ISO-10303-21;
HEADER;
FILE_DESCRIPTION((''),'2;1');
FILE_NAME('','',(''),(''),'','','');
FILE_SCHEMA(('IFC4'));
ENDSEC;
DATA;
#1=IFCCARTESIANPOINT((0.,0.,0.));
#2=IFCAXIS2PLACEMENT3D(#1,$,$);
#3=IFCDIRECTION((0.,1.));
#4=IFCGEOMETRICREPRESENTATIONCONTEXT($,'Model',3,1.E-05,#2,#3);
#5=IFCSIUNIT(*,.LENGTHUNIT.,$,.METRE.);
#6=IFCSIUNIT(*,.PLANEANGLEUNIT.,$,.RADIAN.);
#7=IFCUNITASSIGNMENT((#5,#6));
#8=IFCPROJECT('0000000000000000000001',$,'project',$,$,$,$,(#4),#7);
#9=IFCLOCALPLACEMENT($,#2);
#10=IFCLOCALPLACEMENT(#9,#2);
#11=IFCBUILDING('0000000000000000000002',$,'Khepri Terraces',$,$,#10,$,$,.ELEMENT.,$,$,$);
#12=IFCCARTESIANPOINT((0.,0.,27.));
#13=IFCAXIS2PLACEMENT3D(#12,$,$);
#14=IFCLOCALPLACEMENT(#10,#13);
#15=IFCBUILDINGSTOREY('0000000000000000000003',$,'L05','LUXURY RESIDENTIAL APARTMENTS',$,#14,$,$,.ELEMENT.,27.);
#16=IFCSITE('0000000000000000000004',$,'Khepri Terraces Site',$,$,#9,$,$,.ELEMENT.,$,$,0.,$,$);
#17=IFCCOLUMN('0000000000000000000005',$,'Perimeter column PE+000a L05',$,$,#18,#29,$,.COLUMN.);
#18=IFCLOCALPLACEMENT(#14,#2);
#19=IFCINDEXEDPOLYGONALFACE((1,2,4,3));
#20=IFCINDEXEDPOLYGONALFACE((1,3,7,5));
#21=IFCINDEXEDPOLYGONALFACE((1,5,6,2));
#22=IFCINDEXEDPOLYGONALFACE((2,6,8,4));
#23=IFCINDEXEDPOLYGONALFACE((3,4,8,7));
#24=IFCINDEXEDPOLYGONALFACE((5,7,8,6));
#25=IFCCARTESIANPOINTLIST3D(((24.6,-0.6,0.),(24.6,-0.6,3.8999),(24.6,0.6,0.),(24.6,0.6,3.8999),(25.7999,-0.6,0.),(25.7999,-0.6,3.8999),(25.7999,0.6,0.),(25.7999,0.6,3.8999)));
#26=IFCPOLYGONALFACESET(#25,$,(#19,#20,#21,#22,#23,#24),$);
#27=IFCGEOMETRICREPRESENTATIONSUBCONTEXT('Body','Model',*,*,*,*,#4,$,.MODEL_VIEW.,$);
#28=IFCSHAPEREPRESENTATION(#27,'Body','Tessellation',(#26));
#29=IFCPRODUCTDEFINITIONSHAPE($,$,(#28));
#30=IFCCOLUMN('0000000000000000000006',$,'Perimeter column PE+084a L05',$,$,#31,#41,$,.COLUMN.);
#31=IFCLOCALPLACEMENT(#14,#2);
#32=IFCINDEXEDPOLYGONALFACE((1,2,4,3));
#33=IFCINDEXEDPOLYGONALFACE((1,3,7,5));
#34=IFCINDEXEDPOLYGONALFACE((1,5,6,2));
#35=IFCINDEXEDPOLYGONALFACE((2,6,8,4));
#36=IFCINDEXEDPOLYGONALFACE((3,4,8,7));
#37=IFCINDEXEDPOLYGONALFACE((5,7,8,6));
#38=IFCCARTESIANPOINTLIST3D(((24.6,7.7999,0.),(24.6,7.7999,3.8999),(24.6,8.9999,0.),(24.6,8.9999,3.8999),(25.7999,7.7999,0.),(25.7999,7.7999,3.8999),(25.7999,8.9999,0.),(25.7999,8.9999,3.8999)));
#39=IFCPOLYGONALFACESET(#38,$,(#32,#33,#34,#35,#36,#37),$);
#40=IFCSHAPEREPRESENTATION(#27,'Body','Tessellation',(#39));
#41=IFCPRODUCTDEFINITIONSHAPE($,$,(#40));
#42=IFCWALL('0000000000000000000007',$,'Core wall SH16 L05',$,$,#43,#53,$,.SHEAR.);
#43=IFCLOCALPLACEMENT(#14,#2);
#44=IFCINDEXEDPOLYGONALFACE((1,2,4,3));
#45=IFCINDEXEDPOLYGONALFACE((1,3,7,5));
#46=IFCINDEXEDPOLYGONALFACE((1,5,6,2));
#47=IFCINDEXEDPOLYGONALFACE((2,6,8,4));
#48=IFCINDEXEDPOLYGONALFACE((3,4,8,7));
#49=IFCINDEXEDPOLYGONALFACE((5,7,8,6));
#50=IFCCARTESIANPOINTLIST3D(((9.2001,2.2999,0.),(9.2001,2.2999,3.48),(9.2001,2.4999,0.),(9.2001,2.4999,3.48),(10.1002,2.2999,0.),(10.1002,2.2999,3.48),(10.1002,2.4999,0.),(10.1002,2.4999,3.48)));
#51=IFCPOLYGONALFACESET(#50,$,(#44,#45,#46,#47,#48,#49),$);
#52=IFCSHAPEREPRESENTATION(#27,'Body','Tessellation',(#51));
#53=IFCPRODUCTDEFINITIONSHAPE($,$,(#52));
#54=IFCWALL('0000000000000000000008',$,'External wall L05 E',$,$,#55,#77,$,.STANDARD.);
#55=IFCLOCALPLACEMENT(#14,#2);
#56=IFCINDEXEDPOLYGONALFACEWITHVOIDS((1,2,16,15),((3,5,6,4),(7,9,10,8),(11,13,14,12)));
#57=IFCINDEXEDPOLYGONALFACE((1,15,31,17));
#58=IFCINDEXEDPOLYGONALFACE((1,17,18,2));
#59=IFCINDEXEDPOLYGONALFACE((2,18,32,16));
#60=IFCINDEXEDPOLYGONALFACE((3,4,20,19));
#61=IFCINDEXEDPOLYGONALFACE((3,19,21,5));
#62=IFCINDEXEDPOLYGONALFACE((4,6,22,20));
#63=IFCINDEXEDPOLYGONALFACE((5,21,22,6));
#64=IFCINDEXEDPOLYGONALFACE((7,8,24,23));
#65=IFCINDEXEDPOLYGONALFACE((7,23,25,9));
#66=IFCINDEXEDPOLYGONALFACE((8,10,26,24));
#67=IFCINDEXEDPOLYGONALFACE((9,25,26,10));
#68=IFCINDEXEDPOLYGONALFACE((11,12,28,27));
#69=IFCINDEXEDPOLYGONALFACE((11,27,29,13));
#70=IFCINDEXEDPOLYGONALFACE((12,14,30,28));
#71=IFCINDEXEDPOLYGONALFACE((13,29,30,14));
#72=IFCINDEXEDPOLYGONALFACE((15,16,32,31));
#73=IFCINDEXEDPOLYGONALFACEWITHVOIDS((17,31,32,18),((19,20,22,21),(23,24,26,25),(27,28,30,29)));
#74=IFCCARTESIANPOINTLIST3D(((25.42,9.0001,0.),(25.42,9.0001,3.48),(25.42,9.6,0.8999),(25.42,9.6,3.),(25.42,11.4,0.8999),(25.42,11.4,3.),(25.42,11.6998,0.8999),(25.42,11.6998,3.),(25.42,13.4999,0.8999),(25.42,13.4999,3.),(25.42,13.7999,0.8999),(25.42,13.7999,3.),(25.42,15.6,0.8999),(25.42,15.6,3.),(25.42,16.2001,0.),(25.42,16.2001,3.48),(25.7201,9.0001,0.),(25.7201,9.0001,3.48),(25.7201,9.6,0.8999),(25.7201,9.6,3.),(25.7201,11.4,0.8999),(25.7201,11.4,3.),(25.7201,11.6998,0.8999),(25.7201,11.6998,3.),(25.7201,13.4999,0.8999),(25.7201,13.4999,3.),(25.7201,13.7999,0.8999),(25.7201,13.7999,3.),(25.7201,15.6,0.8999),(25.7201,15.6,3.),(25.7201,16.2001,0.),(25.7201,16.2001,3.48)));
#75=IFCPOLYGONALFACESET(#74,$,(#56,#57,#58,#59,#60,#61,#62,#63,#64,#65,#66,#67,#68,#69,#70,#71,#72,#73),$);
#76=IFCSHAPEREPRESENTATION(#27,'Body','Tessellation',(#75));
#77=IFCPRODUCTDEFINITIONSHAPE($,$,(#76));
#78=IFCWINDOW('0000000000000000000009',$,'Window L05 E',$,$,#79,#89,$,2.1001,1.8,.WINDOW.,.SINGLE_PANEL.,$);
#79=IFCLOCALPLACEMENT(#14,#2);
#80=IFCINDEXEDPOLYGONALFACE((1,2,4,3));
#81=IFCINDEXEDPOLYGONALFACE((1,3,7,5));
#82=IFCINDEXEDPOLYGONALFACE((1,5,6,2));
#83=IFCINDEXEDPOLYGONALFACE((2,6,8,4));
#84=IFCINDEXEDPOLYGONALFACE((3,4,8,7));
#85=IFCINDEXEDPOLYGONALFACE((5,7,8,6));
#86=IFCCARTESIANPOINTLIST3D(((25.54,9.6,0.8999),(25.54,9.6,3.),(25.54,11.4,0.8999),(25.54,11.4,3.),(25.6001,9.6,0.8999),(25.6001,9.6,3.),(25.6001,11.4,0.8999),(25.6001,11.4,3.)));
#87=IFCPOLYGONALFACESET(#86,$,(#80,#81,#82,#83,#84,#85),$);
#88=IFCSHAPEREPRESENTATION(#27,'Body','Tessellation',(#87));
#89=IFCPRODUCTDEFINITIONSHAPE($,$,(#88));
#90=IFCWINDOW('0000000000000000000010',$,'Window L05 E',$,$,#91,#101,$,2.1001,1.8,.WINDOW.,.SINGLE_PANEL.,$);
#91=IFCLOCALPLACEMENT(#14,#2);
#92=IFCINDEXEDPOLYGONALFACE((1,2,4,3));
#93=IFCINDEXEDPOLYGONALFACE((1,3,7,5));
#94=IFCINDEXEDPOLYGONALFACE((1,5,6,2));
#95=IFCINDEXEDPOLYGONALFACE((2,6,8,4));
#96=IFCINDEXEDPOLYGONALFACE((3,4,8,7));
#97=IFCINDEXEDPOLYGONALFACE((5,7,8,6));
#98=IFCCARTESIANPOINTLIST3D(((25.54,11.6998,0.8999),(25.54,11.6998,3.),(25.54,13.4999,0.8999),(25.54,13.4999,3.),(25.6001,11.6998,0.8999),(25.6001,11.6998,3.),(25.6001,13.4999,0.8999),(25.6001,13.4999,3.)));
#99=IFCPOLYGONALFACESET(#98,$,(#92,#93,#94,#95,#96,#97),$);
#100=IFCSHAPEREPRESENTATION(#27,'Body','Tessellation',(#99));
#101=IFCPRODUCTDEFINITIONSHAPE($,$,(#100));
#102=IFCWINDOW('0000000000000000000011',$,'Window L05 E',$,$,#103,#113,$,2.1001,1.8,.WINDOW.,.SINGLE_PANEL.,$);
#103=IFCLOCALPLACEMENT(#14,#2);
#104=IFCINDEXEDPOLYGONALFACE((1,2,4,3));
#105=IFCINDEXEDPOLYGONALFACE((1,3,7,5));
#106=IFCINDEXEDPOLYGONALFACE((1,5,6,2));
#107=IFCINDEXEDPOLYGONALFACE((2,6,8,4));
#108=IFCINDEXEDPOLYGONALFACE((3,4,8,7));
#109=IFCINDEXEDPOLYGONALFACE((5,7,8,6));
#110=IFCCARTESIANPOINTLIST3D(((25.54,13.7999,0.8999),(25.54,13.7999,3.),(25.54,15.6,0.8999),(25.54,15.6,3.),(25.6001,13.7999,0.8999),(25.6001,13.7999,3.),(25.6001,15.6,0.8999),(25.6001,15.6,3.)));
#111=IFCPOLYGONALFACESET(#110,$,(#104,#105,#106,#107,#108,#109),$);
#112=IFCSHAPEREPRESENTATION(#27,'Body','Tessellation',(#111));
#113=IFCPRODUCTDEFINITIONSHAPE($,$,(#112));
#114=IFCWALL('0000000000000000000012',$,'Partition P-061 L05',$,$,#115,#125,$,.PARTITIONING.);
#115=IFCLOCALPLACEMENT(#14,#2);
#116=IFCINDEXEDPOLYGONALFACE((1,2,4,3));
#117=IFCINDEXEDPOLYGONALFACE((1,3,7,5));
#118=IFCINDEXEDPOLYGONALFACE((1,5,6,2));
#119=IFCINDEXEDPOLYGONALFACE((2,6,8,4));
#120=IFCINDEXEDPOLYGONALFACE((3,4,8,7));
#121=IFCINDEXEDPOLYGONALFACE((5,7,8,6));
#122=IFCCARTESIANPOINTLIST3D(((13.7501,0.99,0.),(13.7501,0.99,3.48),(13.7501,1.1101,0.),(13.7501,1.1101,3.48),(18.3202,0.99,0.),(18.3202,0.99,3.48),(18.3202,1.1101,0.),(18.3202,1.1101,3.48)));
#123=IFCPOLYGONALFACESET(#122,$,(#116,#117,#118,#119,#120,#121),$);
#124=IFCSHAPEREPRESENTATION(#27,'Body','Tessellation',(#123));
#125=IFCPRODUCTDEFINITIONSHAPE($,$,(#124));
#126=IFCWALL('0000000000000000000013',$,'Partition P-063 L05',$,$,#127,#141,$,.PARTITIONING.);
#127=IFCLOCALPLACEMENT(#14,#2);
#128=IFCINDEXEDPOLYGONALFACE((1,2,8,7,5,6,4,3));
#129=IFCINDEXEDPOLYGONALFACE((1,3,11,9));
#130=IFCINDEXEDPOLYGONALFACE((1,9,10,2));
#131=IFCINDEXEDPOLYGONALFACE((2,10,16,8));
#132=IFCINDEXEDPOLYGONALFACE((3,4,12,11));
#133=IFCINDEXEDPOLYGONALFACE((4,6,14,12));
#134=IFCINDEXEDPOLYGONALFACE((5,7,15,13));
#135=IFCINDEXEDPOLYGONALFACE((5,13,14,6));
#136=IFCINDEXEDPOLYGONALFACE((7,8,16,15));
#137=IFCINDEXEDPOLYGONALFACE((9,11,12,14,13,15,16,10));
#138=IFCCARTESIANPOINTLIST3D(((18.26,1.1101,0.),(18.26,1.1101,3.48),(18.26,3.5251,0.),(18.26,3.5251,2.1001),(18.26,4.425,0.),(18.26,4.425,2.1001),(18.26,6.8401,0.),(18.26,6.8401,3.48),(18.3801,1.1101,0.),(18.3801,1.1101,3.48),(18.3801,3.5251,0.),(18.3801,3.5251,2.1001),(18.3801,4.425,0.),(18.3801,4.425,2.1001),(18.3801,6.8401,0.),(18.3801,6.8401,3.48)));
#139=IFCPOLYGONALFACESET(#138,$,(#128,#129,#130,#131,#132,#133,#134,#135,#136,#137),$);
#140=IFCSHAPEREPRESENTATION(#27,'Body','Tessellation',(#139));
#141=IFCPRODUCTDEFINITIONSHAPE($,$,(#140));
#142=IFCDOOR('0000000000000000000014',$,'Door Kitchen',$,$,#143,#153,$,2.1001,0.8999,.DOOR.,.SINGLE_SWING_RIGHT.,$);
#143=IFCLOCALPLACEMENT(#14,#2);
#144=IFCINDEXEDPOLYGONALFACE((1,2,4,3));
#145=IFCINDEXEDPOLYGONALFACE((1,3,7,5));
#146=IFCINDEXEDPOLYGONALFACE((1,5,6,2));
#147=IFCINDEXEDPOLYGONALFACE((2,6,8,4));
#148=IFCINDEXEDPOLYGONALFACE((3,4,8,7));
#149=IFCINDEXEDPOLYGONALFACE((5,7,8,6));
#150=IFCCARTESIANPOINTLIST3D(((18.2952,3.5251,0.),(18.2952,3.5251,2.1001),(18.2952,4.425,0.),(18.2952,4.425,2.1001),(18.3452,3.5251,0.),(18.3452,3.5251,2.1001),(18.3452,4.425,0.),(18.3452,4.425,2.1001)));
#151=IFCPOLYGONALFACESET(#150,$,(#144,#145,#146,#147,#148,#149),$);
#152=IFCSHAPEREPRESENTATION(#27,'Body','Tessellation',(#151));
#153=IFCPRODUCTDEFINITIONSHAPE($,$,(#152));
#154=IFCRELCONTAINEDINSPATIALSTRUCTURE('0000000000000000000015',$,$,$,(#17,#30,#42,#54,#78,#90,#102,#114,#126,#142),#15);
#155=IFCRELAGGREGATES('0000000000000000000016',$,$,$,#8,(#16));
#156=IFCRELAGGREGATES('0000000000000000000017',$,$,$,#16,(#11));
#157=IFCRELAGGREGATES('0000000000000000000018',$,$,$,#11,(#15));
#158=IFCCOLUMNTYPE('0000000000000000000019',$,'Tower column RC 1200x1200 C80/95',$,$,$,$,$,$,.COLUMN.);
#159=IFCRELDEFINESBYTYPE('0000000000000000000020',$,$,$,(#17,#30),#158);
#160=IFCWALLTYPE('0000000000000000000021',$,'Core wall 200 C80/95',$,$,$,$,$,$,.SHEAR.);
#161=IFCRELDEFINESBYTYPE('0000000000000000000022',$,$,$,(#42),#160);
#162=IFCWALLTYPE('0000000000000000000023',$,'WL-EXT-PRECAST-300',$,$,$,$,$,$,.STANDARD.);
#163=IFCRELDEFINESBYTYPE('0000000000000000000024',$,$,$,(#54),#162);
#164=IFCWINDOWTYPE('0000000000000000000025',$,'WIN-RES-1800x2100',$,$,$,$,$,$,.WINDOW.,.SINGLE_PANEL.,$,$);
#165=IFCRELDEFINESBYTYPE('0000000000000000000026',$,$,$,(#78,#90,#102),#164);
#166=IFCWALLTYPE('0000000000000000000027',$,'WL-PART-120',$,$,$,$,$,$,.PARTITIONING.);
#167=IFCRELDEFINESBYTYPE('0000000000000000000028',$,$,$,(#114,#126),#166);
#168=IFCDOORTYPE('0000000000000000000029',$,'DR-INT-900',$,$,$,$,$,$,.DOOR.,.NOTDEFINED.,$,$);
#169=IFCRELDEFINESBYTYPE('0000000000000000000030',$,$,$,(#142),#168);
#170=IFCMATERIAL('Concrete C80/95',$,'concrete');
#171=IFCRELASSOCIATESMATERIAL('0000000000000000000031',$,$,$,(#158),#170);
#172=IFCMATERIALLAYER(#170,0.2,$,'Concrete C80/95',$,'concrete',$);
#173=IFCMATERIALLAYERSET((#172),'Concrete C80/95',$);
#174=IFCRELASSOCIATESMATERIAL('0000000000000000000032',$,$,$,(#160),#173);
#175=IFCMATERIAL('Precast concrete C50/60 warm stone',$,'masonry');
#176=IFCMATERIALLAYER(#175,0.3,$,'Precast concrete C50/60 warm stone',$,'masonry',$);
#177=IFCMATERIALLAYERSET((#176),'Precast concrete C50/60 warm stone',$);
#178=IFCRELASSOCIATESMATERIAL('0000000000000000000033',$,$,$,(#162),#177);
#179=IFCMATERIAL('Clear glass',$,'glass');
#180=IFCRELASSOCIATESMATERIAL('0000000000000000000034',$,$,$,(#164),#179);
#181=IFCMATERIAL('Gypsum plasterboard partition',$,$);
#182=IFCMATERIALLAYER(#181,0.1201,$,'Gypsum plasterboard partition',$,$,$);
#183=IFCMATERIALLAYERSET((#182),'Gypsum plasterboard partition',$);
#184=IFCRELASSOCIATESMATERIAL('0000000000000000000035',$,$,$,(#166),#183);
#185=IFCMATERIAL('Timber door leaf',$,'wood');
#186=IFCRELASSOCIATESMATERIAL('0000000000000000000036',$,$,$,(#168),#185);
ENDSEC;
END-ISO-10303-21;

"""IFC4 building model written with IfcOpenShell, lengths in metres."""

from ifc_helpers import new_model, si_unit, direction, frame, frame_2d, origin, origin_2d, place, context, subcontext, project, spatial, rectangle, extrude, material, layer, layer_set, material_profile, profile_set, type_object, element, fill, save


model = new_model("IFC4")

# Units and contexts
model_context = context("Model", 3, precision=1e-05, world=origin(), true_north=direction((0.0, 1.0)))
body_context = subcontext(model_context, "Body", "Model", "MODEL_VIEW")
ifc_project = project(units=[si_unit("LENGTHUNIT", "METRE"), si_unit("PLANEANGLEUNIT", "RADIAN")], contexts=[model_context])

# Site, building, storey
site_placement = place(None, origin())
site = spatial("IfcSite", under=ifc_project, at=site_placement, Name="Khepri Terraces Site", CompositionType="ELEMENT", RefElevation=0.0)
building_placement = place(site_placement, origin())
building = spatial("IfcBuilding", under=site, at=building_placement, Name="Khepri Terraces", CompositionType="ELEMENT")
storey_placement = place(building_placement, frame((0.0, 0.0, 27.0)))
storey = spatial("IfcBuildingStorey", under=building, at=storey_placement, Name="L05", Description="LUXURY RESIDENTIAL APARTMENTS", CompositionType="ELEMENT", Elevation=27.0)

# Columns
ifc_material_1 = material(Name="Concrete C80/95", Category="concrete")
ifc_material_profile = material_profile(ifc_material_1, rectangle(XDim=1.2, YDim=1.2, at=origin_2d()), Name="Concrete C80/95", Category="concrete")
ifc_profile_set = profile_set([ifc_material_profile], Name="Concrete C80/95")
column_type = type_object("IfcColumnType", Name="Tower column RC 1200x1200 C80/95", PredefinedType="COLUMN", material=ifc_profile_set)
for number, where, z_axis, x_axis, name in (
    (1, (25.2, 0.0, 0.0), (0.0, 0.0, 1.0), (1.0, 0.0, 0.0), "Perimeter column PE+000a L05"),
    (2, (25.2, 8.3999, 0.0), (0.0, 0.0, 1.0), (1.0, 0.0, 0.0), "Perimeter column PE+084a L05"),
):
    element("IfcColumn", number, at=place(storey_placement, frame(where, z_axis=z_axis, x_axis=x_axis)), inside=storey, type_object=column_type, Name=name, PredefinedType="COLUMN", context=body_context, shape_type="SweptSolid", body=[
        extrude(rectangle(XDim=1.2, YDim=1.2, at=origin_2d()), origin(), (0.0, 0.0, 1.0), 3.8999),
    ])

# Wall
ifc_layer_1 = layer(ifc_material_1, 0.2, Name="Concrete C80/95", Category="concrete")
ifc_layer_set_1 = layer_set([ifc_layer_1], Name="Concrete C80/95")
wall_type_1 = type_object("IfcWallType", Name="Core wall 200 C80/95", PredefinedType="SHEAR", material=ifc_layer_set_1)
wall_1_placement = place(storey_placement, frame((9.2, 2.3999, 0.0), z_axis=(0.0, 0.0, 1.0), x_axis=(1.0, 0.0, 0.0)))
element("IfcWall", 3, at=wall_1_placement, inside=storey, type_object=wall_type_1, Name="Core wall SH16 L05", PredefinedType="SHEAR", context=body_context, shape_type="SweptSolid", body=[
    extrude(rectangle(XDim=0.9001, YDim=0.2, at=frame_2d((0.4502, 0.0))), origin(), (0.0, 0.0, 1.0), 3.48),
])

# Shared definitions
ifc_material_2 = material(Name="Precast concrete C50/60 warm stone", Category="masonry")
ifc_layer_2 = layer(ifc_material_2, 0.3, Name="Precast concrete C50/60 warm stone", Category="masonry")
ifc_layer_set_2 = layer_set([ifc_layer_2], Name="Precast concrete C50/60 warm stone")
wall_type_2 = type_object("IfcWallType", Name="WL-EXT-PRECAST-300", PredefinedType="STANDARD", material=ifc_layer_set_2)
ifc_material_3 = material(Name="Clear glass", Category="glass")
window_type = type_object("IfcWindowType", Name="WIN-RES-1800x2100", PartitioningType="SINGLE_PANEL", PredefinedType="WINDOW", material=ifc_material_3)

# Wall, openings, windows
wall_2_placement = place(storey_placement, frame((25.5701, 9.0, 0.0), z_axis=(0.0, 0.0, 1.0), x_axis=(0.0, 1.0, 0.0)))
wall_2 = element("IfcWall", 4, at=wall_2_placement, inside=storey, type_object=wall_type_2, Name="External wall L05 E", PredefinedType="STANDARD", context=body_context, shape_type="SweptSolid", body=[
    extrude(rectangle(XDim=7.2, YDim=0.3, at=frame_2d((3.6001, 0.0))), origin(), (0.0, 0.0, 1.0), 3.48),
])
opening_1_placement = place(wall_2_placement, frame((0.6001, 0.0, 0.8999)))
opening_1 = element("IfcOpeningElement", 5, at=opening_1_placement, cuts=wall_2, PredefinedType="OPENING", context=body_context, shape_type="SweptSolid", body=[
    extrude(rectangle(XDim=1.8, YDim=2.1001, at=frame_2d((0.8999, 1.05))), frame((0.0, 0.1602, 0.0), z_axis=(0.0, -1.0, 0.0), x_axis=(1.0, 0.0, 0.0)), (0.0, 0.0, 1.0), 0.3201),
])
opening_2_placement = place(wall_2_placement, frame((2.7, 0.0, 0.8999)))
opening_2 = element("IfcOpeningElement", 6, at=opening_2_placement, cuts=wall_2, PredefinedType="OPENING", context=body_context, shape_type="SweptSolid", body=[
    extrude(rectangle(XDim=1.8, YDim=2.1001, at=frame_2d((0.8999, 1.05))), frame((0.0, 0.1602, 0.0), z_axis=(0.0, -1.0, 0.0), x_axis=(1.0, 0.0, 0.0)), (0.0, 0.0, 1.0), 0.3201),
])
opening_3_placement = place(wall_2_placement, frame((4.8, 0.0, 0.8999)))
opening_3 = element("IfcOpeningElement", 7, at=opening_3_placement, cuts=wall_2, PredefinedType="OPENING", context=body_context, shape_type="SweptSolid", body=[
    extrude(rectangle(XDim=1.8, YDim=2.1001, at=frame_2d((0.8999, 1.05))), frame((0.0, 0.1602, 0.0), z_axis=(0.0, -1.0, 0.0), x_axis=(1.0, 0.0, 0.0)), (0.0, 0.0, 1.0), 0.3201),
])
window_1_placement = place(opening_1_placement, origin())
window_1 = element("IfcWindow", 8, at=window_1_placement, inside=storey, type_object=window_type, Name="Window L05 E", OverallHeight=2.1001, OverallWidth=1.8, PartitioningType="SINGLE_PANEL", PredefinedType="WINDOW", context=body_context, shape_type="SweptSolid", body=[
    extrude(rectangle(XDim=1.8, YDim=2.1001, at=frame_2d((0.8999, 1.05))), frame((0.0, 0.03, 0.0), z_axis=(0.0, -1.0, 0.0), x_axis=(1.0, 0.0, 0.0)), (0.0, 0.0, 1.0), 0.0601),
])
fill(opening_1, window_1)
window_2_placement = place(opening_2_placement, origin())
window_2 = element("IfcWindow", 9, at=window_2_placement, inside=storey, type_object=window_type, Name="Window L05 E", OverallHeight=2.1001, OverallWidth=1.8, PartitioningType="SINGLE_PANEL", PredefinedType="WINDOW", context=body_context, shape_type="SweptSolid", body=[
    extrude(rectangle(XDim=1.8, YDim=2.1001, at=frame_2d((0.8999, 1.05))), frame((0.0, 0.03, 0.0), z_axis=(0.0, -1.0, 0.0), x_axis=(1.0, 0.0, 0.0)), (0.0, 0.0, 1.0), 0.0601),
])
fill(opening_2, window_2)
window_3_placement = place(opening_3_placement, origin())
window_3 = element("IfcWindow", 10, at=window_3_placement, inside=storey, type_object=window_type, Name="Window L05 E", OverallHeight=2.1001, OverallWidth=1.8, PartitioningType="SINGLE_PANEL", PredefinedType="WINDOW", context=body_context, shape_type="SweptSolid", body=[
    extrude(rectangle(XDim=1.8, YDim=2.1001, at=frame_2d((0.8999, 1.05))), frame((0.0, 0.03, 0.0), z_axis=(0.0, -1.0, 0.0), x_axis=(1.0, 0.0, 0.0)), (0.0, 0.0, 1.0), 0.0601),
])
fill(opening_3, window_3)

# Wall
ifc_material_4 = material(Name="Gypsum plasterboard partition")
ifc_layer_3 = layer(ifc_material_4, 0.1201, Name="Gypsum plasterboard partition")
ifc_layer_set_3 = layer_set([ifc_layer_3], Name="Gypsum plasterboard partition")
wall_type_3 = type_object("IfcWallType", Name="WL-PART-120", PredefinedType="PARTITIONING", material=ifc_layer_set_3)
wall_3_placement = place(storey_placement, frame((13.75, 1.05, 0.0), z_axis=(0.0, 0.0, 1.0), x_axis=(1.0, 0.0, 0.0)))
element("IfcWall", 11, at=wall_3_placement, inside=storey, type_object=wall_type_3, Name="Partition P-061 L05", PredefinedType="PARTITIONING", context=body_context, shape_type="SweptSolid", body=[
    extrude(rectangle(XDim=4.5701, YDim=0.1201, at=frame_2d((2.2852, 0.0))), origin(), (0.0, 0.0, 1.0), 3.48),
])

# Wall, opening, door
wall_4_placement = place(storey_placement, frame((18.3201, 1.1101, 0.0), z_axis=(0.0, 0.0, 1.0), x_axis=(0.0, 1.0, 0.0)))
wall_4 = element("IfcWall", 12, at=wall_4_placement, inside=storey, type_object=wall_type_3, Name="Partition P-063 L05", PredefinedType="PARTITIONING", context=body_context, shape_type="SweptSolid", body=[
    extrude(rectangle(XDim=5.73, YDim=0.1201, at=frame_2d((2.865, 0.0))), origin(), (0.0, 0.0, 1.0), 3.48),
])
opening_4_placement = place(wall_4_placement, frame((2.415, 0.0, 0.0)))
opening_4 = element("IfcOpeningElement", 13, at=opening_4_placement, cuts=wall_4, PredefinedType="OPENING", context=body_context, shape_type="SweptSolid", body=[
    extrude(rectangle(XDim=0.8999, YDim=2.1001, at=frame_2d((0.45, 1.05))), frame((0.0, 0.0701, 0.0), z_axis=(0.0, -1.0, 0.0), x_axis=(1.0, 0.0, 0.0)), (0.0, 0.0, 1.0), 0.1401),
])
ifc_material_5 = material(Name="Timber door leaf", Category="wood")
door_type_1 = type_object("IfcDoorType", Name="DR-INT-900", OperationType="NOTDEFINED", PredefinedType="DOOR", material=ifc_material_5)
door_1_placement = place(opening_4_placement, origin())
door_1 = element("IfcDoor", 14, at=door_1_placement, inside=storey, type_object=door_type_1, Name="Door Kitchen", OperationType="SINGLE_SWING_RIGHT", OverallHeight=2.1001, OverallWidth=0.8999, PredefinedType="DOOR", context=body_context, shape_type="SweptSolid", body=[
    extrude(rectangle(XDim=0.8999, YDim=2.1001, at=frame_2d((0.45, 1.05))), frame((0.0, 0.0249, 0.0), z_axis=(0.0, -1.0, 0.0), x_axis=(1.0, 0.0, 0.0)), (0.0, 0.0, 1.0), 0.05),
])
fill(opening_4, door_1)

save(model, "model.ifc")
